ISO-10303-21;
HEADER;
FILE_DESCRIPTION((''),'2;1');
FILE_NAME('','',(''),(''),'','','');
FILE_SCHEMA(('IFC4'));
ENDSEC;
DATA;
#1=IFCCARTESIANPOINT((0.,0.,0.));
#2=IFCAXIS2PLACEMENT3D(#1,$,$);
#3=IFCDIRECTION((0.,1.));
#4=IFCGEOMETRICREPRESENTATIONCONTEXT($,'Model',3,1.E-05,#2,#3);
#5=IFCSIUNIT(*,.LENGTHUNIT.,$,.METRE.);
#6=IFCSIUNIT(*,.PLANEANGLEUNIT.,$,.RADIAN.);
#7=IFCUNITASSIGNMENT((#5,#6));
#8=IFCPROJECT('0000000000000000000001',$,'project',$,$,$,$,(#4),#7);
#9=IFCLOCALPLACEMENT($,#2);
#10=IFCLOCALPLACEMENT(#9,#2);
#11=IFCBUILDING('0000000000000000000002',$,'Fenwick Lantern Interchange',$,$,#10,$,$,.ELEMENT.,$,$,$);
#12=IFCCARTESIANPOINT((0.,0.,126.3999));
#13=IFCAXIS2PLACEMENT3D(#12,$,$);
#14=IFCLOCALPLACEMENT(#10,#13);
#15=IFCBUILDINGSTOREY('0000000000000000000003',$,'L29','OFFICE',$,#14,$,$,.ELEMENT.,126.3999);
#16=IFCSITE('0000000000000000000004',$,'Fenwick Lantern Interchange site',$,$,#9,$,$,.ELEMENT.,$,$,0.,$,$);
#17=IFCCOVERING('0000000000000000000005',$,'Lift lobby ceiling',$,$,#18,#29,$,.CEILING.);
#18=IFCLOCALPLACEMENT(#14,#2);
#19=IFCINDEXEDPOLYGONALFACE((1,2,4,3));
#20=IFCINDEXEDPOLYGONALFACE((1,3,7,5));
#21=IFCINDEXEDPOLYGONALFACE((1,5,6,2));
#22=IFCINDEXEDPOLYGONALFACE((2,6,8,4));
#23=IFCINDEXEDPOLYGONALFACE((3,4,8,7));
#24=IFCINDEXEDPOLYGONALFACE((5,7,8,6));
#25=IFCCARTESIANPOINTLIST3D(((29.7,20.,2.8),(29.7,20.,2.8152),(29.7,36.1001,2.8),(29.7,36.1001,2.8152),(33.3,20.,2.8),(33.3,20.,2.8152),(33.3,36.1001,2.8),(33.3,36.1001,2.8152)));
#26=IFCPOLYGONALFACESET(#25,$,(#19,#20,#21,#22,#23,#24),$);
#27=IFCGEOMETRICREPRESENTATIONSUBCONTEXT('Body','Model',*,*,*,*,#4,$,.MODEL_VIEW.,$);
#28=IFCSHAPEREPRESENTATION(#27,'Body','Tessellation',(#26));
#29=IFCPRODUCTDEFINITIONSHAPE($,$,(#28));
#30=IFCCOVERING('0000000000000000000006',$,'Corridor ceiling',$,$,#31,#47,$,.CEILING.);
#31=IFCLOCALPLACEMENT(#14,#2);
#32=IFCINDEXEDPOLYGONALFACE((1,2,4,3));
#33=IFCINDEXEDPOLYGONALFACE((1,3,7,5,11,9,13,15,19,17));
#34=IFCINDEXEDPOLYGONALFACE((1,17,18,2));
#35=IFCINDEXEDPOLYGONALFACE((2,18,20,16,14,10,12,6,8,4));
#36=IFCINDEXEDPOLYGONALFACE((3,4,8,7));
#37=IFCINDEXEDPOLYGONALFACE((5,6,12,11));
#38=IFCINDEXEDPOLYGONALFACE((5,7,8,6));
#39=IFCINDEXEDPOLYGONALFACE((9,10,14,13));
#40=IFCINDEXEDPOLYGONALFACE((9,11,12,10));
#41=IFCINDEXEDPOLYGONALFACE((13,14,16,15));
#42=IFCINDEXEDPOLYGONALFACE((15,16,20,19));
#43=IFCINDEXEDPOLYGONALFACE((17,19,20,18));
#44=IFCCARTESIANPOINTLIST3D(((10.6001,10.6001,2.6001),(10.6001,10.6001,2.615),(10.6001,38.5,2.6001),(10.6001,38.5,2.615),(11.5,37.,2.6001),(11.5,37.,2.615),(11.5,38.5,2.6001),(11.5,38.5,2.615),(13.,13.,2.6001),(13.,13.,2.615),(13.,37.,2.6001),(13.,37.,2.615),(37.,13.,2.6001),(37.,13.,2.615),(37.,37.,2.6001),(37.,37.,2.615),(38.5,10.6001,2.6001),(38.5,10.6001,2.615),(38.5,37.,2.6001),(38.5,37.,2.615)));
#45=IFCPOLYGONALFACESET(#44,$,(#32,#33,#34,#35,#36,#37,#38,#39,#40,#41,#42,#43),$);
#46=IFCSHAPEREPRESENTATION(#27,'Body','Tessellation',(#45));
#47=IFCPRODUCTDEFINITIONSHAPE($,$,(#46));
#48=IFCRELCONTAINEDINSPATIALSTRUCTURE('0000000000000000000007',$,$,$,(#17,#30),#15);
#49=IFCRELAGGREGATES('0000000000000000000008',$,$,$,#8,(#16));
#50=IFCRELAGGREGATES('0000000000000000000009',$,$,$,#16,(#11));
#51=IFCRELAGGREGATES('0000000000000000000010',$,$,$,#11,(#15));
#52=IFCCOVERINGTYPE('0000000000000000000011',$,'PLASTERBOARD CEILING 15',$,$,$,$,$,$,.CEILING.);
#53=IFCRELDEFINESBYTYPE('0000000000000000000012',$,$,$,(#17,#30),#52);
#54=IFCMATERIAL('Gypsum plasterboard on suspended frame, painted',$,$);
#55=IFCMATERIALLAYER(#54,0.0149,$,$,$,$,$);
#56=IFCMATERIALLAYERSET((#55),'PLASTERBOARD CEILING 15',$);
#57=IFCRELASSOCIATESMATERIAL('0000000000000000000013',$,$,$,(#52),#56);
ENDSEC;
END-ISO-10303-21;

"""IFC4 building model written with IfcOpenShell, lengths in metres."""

from ifc_helpers import new_model, si_unit, direction, frame, origin, place, context, subcontext, project, spatial, polyline, outline, extrude, material, layer, layer_set, type_object, element, save


model = new_model("IFC4")

# Units and contexts
model_context = context("Model", 3, precision=1e-05, world=origin(), true_north=direction((0.0, 1.0)))
body_context = subcontext(model_context, "Body", "Model", "MODEL_VIEW")
ifc_project = project(units=[si_unit("LENGTHUNIT", "METRE"), si_unit("PLANEANGLEUNIT", "RADIAN")], contexts=[model_context])

# Site, building, storey
site_placement = place(None, origin())
site = spatial("IfcSite", under=ifc_project, at=site_placement, Name="Fenwick Lantern Interchange site", CompositionType="ELEMENT", RefElevation=0.0)
building_placement = place(site_placement, origin())
building = spatial("IfcBuilding", under=site, at=building_placement, Name="Fenwick Lantern Interchange", CompositionType="ELEMENT")
storey_placement = place(building_placement, frame((0.0, 0.0, 126.3999)))
storey = spatial("IfcBuildingStorey", under=building, at=storey_placement, Name="L29", Description="OFFICE", CompositionType="ELEMENT", Elevation=126.3999)

# Coverings
ifc_material_1 = material(Name="Gypsum plasterboard on suspended frame, painted")
ifc_layer_1 = layer(ifc_material_1, 0.0149)
ifc_layer_set_1 = layer_set([ifc_layer_1], Name="PLASTERBOARD CEILING 15")
covering_type_1 = type_object("IfcCoveringType", Name="PLASTERBOARD CEILING 15", PredefinedType="CEILING", material=ifc_layer_set_1)
covering_1_placement = place(storey_placement, frame((0.0, 0.0, 2.8)))
element("IfcCovering", 1, at=covering_1_placement, inside=storey, type_object=covering_type_1, Name="Lift lobby ceiling", PredefinedType="CEILING", context=body_context, shape_type="SweptSolid", body=[
    extrude(outline(polyline([(33.3, 36.1001), (29.7, 36.1001), (29.7, 20.0), (33.3, 20.0), (33.3, 36.1001)])), origin(), (0.0, 0.0, 1.0), 0.0151),
])
covering_2_placement = place(storey_placement, frame((0.0, 0.0, 2.6001)))
element("IfcCovering", 2, at=covering_2_placement, inside=storey, type_object=covering_type_1, Name="Corridor ceiling", PredefinedType="CEILING", context=body_context, shape_type="SweptSolid", body=[
    extrude(outline(polyline([(10.6001, 38.5), (10.6001, 10.6001), (38.5, 10.6001), (38.5, 37.0), (37.0, 37.0), (37.0, 13.0), (13.0, 13.0), (13.0, 37.0), (11.5, 37.0), (11.5, 38.5), (10.6001, 38.5)])), origin(), (0.0, 0.0, 1.0), 0.0149),
])

save(model, "model.ifc")
